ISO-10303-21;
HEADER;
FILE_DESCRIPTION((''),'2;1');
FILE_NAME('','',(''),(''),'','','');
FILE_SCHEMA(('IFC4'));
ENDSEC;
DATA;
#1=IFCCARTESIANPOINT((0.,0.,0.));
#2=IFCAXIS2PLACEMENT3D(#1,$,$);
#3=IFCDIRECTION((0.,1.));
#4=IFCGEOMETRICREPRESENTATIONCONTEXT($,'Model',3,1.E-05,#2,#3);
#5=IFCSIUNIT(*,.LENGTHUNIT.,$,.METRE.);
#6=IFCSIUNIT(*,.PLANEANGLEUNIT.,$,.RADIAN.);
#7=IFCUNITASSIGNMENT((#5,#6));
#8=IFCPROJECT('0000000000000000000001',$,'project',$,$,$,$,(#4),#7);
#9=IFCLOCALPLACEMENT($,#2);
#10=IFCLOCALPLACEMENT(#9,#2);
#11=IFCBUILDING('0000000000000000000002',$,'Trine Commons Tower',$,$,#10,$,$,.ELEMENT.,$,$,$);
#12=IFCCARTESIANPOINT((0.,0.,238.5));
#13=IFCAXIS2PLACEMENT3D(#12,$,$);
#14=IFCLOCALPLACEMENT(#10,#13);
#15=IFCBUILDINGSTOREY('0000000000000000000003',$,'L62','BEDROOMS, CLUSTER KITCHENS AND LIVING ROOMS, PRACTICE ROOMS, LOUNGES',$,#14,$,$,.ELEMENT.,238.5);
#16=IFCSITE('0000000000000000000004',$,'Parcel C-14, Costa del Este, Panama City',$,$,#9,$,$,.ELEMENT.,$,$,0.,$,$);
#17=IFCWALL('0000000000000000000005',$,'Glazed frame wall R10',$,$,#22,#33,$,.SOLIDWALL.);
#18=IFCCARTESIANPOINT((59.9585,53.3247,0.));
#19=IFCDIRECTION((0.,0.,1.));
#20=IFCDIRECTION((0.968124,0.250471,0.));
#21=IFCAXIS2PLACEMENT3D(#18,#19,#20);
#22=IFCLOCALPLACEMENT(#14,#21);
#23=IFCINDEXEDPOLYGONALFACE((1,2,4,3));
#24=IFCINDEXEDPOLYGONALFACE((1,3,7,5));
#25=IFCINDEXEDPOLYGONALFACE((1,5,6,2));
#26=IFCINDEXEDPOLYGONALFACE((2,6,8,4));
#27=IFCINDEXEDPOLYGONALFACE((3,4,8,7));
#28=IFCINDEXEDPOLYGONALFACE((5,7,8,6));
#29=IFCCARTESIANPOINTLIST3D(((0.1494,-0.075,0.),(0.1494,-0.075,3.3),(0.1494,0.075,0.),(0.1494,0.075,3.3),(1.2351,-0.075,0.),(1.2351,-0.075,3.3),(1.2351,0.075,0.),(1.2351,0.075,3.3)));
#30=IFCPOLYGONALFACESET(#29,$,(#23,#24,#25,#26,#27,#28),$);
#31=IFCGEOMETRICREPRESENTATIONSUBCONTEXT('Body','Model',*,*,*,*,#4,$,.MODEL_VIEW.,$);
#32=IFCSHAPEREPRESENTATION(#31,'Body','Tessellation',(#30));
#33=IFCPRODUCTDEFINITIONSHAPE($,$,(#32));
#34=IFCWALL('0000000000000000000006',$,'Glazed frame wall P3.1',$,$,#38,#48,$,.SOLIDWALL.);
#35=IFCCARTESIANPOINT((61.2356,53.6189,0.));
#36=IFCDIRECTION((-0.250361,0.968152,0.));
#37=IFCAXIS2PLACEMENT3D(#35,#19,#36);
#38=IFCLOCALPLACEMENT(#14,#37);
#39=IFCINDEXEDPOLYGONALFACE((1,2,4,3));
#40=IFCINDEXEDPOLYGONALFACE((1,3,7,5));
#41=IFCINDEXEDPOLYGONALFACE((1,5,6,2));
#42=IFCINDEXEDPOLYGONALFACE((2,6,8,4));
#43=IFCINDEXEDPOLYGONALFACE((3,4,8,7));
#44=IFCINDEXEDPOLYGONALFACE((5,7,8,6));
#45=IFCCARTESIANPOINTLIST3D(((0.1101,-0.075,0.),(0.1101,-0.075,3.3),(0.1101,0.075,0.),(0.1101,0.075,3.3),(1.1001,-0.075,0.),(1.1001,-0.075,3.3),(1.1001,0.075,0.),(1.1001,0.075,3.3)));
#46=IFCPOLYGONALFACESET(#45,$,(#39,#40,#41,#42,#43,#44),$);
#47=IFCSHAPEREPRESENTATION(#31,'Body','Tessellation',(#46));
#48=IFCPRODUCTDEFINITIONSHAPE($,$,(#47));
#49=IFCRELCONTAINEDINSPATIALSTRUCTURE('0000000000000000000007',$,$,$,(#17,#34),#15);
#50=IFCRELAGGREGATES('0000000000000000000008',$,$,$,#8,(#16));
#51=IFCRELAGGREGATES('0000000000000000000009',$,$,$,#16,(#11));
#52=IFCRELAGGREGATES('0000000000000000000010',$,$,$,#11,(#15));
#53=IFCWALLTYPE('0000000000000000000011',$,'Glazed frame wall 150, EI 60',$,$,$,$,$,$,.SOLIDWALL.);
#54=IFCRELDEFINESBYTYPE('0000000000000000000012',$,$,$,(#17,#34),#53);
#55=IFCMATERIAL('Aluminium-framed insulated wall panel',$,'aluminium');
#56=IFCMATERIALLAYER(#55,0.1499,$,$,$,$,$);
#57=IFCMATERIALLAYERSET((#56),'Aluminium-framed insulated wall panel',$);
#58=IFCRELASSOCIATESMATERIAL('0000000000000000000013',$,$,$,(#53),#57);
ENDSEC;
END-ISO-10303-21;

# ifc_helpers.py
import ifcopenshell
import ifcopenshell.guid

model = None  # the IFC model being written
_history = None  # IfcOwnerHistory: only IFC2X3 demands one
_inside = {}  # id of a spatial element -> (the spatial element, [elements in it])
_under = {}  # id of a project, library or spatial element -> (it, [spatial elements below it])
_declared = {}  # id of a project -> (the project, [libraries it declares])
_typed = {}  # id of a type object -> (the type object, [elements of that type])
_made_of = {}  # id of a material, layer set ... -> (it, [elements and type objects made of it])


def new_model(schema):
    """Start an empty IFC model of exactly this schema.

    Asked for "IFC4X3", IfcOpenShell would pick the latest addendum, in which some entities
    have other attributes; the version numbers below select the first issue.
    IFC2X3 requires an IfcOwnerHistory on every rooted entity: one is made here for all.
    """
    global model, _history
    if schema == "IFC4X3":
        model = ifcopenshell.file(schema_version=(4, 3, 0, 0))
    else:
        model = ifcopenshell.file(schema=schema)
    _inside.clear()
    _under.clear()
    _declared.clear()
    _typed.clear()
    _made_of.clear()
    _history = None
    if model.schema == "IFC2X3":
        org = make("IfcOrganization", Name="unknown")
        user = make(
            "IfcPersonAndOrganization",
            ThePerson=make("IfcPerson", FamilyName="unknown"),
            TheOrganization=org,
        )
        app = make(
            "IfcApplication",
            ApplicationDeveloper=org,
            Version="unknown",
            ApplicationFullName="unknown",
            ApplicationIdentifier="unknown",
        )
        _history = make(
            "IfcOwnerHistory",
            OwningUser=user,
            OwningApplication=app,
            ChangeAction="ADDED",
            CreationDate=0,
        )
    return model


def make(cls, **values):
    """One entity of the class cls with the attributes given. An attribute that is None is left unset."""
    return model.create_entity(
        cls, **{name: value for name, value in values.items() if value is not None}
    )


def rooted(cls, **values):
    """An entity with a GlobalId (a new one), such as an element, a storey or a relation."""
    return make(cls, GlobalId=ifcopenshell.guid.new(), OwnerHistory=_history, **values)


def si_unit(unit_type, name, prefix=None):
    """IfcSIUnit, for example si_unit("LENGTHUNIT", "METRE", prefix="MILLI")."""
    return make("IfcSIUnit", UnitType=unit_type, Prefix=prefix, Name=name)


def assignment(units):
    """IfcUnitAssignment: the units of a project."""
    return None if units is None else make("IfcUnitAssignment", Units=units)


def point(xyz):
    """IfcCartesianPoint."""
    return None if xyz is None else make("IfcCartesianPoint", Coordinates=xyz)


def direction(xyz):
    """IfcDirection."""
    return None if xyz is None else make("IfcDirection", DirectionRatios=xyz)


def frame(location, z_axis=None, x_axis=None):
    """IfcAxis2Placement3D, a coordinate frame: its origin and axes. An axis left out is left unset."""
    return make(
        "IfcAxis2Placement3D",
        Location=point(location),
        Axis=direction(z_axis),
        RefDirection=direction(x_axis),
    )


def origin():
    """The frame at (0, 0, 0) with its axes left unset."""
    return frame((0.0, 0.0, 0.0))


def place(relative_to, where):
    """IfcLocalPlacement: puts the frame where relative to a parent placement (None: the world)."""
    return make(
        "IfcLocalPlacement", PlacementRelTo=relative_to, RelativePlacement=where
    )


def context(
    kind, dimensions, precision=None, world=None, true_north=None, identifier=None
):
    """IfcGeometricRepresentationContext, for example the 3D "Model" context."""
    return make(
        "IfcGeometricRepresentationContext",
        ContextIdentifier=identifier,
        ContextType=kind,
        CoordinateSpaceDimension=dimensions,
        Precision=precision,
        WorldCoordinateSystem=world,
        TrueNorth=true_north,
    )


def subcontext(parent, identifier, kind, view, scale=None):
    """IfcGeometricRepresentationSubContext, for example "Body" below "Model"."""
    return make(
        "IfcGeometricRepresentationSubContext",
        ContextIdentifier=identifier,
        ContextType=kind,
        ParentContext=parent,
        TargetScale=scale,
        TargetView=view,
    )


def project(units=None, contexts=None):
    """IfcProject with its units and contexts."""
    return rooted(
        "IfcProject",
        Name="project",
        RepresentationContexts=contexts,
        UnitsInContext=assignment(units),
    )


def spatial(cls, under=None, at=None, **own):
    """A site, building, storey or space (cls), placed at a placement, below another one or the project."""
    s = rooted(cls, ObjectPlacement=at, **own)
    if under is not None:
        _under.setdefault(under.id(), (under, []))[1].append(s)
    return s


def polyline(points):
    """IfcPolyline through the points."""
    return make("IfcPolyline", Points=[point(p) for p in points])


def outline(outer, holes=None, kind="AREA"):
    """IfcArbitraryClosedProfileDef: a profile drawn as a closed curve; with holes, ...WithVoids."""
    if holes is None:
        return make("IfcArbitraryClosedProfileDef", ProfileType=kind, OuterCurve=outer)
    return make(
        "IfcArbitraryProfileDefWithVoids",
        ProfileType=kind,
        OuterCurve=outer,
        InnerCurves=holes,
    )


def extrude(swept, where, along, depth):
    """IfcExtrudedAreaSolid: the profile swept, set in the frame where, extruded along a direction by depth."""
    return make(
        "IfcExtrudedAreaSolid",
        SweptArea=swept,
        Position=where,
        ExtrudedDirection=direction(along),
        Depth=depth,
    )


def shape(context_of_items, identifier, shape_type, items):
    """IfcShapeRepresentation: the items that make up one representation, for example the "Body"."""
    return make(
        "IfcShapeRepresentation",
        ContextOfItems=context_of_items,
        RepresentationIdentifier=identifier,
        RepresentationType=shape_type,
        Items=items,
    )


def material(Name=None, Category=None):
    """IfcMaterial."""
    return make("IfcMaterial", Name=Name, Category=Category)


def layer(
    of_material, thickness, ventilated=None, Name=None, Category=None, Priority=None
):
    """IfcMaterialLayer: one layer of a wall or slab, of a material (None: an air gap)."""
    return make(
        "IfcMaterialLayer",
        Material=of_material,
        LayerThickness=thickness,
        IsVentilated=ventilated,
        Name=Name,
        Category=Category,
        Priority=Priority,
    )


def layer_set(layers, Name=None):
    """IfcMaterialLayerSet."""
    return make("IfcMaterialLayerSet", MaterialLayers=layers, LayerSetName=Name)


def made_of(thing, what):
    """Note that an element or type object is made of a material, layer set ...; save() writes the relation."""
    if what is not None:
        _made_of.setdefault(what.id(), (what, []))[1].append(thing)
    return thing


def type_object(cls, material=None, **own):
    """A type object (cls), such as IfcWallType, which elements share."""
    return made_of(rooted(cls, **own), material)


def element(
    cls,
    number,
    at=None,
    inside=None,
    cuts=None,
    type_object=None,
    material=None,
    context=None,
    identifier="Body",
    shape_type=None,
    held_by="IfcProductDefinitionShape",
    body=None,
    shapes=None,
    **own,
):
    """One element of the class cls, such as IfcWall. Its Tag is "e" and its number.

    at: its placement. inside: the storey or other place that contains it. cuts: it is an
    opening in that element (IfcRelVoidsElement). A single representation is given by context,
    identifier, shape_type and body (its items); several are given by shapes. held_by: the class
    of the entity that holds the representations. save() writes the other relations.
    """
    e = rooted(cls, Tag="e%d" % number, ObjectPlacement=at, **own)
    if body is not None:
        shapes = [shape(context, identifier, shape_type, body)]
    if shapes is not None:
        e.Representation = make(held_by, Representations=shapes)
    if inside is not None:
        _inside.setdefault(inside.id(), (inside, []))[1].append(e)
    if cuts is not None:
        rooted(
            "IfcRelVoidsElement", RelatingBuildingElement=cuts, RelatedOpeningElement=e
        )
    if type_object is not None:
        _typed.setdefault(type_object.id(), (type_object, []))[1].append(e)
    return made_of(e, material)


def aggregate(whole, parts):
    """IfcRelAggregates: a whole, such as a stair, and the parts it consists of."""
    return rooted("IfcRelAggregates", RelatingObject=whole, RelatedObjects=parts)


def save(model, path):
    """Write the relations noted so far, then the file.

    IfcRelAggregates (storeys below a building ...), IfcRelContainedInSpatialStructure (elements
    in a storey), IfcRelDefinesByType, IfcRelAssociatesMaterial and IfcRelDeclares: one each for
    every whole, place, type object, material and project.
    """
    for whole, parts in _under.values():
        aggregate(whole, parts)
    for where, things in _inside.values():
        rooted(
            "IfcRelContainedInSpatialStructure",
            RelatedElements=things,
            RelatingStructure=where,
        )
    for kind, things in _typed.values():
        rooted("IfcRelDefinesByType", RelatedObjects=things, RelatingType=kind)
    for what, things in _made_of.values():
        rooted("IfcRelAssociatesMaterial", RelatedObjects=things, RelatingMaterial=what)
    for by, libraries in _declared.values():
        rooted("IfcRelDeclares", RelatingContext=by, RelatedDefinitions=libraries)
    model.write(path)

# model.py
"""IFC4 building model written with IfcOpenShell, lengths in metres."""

from ifc_helpers import new_model, si_unit, direction, frame, origin, place, context, subcontext, project, spatial, polyline, outline, extrude, material, layer, layer_set, type_object, element, save


model = new_model("IFC4")

# Units and contexts
model_context = context("Model", 3, precision=1e-05, world=origin(), true_north=direction((0.0, 1.0)))
body_context = subcontext(model_context, "Body", "Model", "MODEL_VIEW")
ifc_project = project(units=[si_unit("LENGTHUNIT", "METRE"), si_unit("PLANEANGLEUNIT", "RADIAN")], contexts=[model_context])

# Site, building, storey
site_placement = place(None, origin())
site = spatial("IfcSite", under=ifc_project, at=site_placement, Name="Parcel C-14, Costa del Este, Panama City", CompositionType="ELEMENT", RefElevation=0.0)
building_placement = place(site_placement, origin())
building = spatial("IfcBuilding", under=site, at=building_placement, Name="Trine Commons Tower", CompositionType="ELEMENT")
storey_placement = place(building_placement, frame((0.0, 0.0, 238.5)))
storey = spatial("IfcBuildingStorey", under=building, at=storey_placement, Name="L62", Description="BEDROOMS, CLUSTER KITCHENS AND LIVING ROOMS, PRACTICE ROOMS, LOUNGES", CompositionType="ELEMENT", Elevation=238.5)

# Walls
ifc_material_1 = material(Name="Aluminium-framed insulated wall panel", Category="aluminium")
ifc_layer_1 = layer(ifc_material_1, 0.1499)
ifc_layer_set_1 = layer_set([ifc_layer_1], Name="Aluminium-framed insulated wall panel")
wall_type_1 = type_object("IfcWallType", Name="Glazed frame wall 150, EI 60", PredefinedType="SOLIDWALL", material=ifc_layer_set_1)
wall_1_placement = place(storey_placement, frame((59.9585, 53.3247, 0.0), z_axis=(0.0, 0.0, 1.0), x_axis=(0.968124, 0.250471, 0.0)))
element("IfcWall", 1, at=wall_1_placement, inside=storey, type_object=wall_type_1, Name="Glazed frame wall R10", PredefinedType="SOLIDWALL", context=body_context, shape_type="SweptSolid", body=[
    extrude(outline(polyline([(0.1494, 0.075), (0.1494, -0.075), (1.2351, -0.075), (1.2351, 0.075), (0.1494, 0.075)])), origin(), (0.0, 0.0, 1.0), 3.3),
])
wall_2_placement = place(storey_placement, frame((61.2356, 53.6189, 0.0), z_axis=(0.0, 0.0, 1.0), x_axis=(-0.250361, 0.968152, 0.0)))
element("IfcWall", 2, at=wall_2_placement, inside=storey, type_object=wall_type_1, Name="Glazed frame wall P3.1", PredefinedType="SOLIDWALL", context=body_context, shape_type="SweptSolid", body=[
    extrude(outline(polyline([(0.1101, -0.075), (1.1001, -0.075), (1.1001, 0.075), (0.1101, 0.075), (0.1101, -0.075)])), origin(), (0.0, 0.0, 1.0), 3.3),
])

save(model, "model.ifc")
